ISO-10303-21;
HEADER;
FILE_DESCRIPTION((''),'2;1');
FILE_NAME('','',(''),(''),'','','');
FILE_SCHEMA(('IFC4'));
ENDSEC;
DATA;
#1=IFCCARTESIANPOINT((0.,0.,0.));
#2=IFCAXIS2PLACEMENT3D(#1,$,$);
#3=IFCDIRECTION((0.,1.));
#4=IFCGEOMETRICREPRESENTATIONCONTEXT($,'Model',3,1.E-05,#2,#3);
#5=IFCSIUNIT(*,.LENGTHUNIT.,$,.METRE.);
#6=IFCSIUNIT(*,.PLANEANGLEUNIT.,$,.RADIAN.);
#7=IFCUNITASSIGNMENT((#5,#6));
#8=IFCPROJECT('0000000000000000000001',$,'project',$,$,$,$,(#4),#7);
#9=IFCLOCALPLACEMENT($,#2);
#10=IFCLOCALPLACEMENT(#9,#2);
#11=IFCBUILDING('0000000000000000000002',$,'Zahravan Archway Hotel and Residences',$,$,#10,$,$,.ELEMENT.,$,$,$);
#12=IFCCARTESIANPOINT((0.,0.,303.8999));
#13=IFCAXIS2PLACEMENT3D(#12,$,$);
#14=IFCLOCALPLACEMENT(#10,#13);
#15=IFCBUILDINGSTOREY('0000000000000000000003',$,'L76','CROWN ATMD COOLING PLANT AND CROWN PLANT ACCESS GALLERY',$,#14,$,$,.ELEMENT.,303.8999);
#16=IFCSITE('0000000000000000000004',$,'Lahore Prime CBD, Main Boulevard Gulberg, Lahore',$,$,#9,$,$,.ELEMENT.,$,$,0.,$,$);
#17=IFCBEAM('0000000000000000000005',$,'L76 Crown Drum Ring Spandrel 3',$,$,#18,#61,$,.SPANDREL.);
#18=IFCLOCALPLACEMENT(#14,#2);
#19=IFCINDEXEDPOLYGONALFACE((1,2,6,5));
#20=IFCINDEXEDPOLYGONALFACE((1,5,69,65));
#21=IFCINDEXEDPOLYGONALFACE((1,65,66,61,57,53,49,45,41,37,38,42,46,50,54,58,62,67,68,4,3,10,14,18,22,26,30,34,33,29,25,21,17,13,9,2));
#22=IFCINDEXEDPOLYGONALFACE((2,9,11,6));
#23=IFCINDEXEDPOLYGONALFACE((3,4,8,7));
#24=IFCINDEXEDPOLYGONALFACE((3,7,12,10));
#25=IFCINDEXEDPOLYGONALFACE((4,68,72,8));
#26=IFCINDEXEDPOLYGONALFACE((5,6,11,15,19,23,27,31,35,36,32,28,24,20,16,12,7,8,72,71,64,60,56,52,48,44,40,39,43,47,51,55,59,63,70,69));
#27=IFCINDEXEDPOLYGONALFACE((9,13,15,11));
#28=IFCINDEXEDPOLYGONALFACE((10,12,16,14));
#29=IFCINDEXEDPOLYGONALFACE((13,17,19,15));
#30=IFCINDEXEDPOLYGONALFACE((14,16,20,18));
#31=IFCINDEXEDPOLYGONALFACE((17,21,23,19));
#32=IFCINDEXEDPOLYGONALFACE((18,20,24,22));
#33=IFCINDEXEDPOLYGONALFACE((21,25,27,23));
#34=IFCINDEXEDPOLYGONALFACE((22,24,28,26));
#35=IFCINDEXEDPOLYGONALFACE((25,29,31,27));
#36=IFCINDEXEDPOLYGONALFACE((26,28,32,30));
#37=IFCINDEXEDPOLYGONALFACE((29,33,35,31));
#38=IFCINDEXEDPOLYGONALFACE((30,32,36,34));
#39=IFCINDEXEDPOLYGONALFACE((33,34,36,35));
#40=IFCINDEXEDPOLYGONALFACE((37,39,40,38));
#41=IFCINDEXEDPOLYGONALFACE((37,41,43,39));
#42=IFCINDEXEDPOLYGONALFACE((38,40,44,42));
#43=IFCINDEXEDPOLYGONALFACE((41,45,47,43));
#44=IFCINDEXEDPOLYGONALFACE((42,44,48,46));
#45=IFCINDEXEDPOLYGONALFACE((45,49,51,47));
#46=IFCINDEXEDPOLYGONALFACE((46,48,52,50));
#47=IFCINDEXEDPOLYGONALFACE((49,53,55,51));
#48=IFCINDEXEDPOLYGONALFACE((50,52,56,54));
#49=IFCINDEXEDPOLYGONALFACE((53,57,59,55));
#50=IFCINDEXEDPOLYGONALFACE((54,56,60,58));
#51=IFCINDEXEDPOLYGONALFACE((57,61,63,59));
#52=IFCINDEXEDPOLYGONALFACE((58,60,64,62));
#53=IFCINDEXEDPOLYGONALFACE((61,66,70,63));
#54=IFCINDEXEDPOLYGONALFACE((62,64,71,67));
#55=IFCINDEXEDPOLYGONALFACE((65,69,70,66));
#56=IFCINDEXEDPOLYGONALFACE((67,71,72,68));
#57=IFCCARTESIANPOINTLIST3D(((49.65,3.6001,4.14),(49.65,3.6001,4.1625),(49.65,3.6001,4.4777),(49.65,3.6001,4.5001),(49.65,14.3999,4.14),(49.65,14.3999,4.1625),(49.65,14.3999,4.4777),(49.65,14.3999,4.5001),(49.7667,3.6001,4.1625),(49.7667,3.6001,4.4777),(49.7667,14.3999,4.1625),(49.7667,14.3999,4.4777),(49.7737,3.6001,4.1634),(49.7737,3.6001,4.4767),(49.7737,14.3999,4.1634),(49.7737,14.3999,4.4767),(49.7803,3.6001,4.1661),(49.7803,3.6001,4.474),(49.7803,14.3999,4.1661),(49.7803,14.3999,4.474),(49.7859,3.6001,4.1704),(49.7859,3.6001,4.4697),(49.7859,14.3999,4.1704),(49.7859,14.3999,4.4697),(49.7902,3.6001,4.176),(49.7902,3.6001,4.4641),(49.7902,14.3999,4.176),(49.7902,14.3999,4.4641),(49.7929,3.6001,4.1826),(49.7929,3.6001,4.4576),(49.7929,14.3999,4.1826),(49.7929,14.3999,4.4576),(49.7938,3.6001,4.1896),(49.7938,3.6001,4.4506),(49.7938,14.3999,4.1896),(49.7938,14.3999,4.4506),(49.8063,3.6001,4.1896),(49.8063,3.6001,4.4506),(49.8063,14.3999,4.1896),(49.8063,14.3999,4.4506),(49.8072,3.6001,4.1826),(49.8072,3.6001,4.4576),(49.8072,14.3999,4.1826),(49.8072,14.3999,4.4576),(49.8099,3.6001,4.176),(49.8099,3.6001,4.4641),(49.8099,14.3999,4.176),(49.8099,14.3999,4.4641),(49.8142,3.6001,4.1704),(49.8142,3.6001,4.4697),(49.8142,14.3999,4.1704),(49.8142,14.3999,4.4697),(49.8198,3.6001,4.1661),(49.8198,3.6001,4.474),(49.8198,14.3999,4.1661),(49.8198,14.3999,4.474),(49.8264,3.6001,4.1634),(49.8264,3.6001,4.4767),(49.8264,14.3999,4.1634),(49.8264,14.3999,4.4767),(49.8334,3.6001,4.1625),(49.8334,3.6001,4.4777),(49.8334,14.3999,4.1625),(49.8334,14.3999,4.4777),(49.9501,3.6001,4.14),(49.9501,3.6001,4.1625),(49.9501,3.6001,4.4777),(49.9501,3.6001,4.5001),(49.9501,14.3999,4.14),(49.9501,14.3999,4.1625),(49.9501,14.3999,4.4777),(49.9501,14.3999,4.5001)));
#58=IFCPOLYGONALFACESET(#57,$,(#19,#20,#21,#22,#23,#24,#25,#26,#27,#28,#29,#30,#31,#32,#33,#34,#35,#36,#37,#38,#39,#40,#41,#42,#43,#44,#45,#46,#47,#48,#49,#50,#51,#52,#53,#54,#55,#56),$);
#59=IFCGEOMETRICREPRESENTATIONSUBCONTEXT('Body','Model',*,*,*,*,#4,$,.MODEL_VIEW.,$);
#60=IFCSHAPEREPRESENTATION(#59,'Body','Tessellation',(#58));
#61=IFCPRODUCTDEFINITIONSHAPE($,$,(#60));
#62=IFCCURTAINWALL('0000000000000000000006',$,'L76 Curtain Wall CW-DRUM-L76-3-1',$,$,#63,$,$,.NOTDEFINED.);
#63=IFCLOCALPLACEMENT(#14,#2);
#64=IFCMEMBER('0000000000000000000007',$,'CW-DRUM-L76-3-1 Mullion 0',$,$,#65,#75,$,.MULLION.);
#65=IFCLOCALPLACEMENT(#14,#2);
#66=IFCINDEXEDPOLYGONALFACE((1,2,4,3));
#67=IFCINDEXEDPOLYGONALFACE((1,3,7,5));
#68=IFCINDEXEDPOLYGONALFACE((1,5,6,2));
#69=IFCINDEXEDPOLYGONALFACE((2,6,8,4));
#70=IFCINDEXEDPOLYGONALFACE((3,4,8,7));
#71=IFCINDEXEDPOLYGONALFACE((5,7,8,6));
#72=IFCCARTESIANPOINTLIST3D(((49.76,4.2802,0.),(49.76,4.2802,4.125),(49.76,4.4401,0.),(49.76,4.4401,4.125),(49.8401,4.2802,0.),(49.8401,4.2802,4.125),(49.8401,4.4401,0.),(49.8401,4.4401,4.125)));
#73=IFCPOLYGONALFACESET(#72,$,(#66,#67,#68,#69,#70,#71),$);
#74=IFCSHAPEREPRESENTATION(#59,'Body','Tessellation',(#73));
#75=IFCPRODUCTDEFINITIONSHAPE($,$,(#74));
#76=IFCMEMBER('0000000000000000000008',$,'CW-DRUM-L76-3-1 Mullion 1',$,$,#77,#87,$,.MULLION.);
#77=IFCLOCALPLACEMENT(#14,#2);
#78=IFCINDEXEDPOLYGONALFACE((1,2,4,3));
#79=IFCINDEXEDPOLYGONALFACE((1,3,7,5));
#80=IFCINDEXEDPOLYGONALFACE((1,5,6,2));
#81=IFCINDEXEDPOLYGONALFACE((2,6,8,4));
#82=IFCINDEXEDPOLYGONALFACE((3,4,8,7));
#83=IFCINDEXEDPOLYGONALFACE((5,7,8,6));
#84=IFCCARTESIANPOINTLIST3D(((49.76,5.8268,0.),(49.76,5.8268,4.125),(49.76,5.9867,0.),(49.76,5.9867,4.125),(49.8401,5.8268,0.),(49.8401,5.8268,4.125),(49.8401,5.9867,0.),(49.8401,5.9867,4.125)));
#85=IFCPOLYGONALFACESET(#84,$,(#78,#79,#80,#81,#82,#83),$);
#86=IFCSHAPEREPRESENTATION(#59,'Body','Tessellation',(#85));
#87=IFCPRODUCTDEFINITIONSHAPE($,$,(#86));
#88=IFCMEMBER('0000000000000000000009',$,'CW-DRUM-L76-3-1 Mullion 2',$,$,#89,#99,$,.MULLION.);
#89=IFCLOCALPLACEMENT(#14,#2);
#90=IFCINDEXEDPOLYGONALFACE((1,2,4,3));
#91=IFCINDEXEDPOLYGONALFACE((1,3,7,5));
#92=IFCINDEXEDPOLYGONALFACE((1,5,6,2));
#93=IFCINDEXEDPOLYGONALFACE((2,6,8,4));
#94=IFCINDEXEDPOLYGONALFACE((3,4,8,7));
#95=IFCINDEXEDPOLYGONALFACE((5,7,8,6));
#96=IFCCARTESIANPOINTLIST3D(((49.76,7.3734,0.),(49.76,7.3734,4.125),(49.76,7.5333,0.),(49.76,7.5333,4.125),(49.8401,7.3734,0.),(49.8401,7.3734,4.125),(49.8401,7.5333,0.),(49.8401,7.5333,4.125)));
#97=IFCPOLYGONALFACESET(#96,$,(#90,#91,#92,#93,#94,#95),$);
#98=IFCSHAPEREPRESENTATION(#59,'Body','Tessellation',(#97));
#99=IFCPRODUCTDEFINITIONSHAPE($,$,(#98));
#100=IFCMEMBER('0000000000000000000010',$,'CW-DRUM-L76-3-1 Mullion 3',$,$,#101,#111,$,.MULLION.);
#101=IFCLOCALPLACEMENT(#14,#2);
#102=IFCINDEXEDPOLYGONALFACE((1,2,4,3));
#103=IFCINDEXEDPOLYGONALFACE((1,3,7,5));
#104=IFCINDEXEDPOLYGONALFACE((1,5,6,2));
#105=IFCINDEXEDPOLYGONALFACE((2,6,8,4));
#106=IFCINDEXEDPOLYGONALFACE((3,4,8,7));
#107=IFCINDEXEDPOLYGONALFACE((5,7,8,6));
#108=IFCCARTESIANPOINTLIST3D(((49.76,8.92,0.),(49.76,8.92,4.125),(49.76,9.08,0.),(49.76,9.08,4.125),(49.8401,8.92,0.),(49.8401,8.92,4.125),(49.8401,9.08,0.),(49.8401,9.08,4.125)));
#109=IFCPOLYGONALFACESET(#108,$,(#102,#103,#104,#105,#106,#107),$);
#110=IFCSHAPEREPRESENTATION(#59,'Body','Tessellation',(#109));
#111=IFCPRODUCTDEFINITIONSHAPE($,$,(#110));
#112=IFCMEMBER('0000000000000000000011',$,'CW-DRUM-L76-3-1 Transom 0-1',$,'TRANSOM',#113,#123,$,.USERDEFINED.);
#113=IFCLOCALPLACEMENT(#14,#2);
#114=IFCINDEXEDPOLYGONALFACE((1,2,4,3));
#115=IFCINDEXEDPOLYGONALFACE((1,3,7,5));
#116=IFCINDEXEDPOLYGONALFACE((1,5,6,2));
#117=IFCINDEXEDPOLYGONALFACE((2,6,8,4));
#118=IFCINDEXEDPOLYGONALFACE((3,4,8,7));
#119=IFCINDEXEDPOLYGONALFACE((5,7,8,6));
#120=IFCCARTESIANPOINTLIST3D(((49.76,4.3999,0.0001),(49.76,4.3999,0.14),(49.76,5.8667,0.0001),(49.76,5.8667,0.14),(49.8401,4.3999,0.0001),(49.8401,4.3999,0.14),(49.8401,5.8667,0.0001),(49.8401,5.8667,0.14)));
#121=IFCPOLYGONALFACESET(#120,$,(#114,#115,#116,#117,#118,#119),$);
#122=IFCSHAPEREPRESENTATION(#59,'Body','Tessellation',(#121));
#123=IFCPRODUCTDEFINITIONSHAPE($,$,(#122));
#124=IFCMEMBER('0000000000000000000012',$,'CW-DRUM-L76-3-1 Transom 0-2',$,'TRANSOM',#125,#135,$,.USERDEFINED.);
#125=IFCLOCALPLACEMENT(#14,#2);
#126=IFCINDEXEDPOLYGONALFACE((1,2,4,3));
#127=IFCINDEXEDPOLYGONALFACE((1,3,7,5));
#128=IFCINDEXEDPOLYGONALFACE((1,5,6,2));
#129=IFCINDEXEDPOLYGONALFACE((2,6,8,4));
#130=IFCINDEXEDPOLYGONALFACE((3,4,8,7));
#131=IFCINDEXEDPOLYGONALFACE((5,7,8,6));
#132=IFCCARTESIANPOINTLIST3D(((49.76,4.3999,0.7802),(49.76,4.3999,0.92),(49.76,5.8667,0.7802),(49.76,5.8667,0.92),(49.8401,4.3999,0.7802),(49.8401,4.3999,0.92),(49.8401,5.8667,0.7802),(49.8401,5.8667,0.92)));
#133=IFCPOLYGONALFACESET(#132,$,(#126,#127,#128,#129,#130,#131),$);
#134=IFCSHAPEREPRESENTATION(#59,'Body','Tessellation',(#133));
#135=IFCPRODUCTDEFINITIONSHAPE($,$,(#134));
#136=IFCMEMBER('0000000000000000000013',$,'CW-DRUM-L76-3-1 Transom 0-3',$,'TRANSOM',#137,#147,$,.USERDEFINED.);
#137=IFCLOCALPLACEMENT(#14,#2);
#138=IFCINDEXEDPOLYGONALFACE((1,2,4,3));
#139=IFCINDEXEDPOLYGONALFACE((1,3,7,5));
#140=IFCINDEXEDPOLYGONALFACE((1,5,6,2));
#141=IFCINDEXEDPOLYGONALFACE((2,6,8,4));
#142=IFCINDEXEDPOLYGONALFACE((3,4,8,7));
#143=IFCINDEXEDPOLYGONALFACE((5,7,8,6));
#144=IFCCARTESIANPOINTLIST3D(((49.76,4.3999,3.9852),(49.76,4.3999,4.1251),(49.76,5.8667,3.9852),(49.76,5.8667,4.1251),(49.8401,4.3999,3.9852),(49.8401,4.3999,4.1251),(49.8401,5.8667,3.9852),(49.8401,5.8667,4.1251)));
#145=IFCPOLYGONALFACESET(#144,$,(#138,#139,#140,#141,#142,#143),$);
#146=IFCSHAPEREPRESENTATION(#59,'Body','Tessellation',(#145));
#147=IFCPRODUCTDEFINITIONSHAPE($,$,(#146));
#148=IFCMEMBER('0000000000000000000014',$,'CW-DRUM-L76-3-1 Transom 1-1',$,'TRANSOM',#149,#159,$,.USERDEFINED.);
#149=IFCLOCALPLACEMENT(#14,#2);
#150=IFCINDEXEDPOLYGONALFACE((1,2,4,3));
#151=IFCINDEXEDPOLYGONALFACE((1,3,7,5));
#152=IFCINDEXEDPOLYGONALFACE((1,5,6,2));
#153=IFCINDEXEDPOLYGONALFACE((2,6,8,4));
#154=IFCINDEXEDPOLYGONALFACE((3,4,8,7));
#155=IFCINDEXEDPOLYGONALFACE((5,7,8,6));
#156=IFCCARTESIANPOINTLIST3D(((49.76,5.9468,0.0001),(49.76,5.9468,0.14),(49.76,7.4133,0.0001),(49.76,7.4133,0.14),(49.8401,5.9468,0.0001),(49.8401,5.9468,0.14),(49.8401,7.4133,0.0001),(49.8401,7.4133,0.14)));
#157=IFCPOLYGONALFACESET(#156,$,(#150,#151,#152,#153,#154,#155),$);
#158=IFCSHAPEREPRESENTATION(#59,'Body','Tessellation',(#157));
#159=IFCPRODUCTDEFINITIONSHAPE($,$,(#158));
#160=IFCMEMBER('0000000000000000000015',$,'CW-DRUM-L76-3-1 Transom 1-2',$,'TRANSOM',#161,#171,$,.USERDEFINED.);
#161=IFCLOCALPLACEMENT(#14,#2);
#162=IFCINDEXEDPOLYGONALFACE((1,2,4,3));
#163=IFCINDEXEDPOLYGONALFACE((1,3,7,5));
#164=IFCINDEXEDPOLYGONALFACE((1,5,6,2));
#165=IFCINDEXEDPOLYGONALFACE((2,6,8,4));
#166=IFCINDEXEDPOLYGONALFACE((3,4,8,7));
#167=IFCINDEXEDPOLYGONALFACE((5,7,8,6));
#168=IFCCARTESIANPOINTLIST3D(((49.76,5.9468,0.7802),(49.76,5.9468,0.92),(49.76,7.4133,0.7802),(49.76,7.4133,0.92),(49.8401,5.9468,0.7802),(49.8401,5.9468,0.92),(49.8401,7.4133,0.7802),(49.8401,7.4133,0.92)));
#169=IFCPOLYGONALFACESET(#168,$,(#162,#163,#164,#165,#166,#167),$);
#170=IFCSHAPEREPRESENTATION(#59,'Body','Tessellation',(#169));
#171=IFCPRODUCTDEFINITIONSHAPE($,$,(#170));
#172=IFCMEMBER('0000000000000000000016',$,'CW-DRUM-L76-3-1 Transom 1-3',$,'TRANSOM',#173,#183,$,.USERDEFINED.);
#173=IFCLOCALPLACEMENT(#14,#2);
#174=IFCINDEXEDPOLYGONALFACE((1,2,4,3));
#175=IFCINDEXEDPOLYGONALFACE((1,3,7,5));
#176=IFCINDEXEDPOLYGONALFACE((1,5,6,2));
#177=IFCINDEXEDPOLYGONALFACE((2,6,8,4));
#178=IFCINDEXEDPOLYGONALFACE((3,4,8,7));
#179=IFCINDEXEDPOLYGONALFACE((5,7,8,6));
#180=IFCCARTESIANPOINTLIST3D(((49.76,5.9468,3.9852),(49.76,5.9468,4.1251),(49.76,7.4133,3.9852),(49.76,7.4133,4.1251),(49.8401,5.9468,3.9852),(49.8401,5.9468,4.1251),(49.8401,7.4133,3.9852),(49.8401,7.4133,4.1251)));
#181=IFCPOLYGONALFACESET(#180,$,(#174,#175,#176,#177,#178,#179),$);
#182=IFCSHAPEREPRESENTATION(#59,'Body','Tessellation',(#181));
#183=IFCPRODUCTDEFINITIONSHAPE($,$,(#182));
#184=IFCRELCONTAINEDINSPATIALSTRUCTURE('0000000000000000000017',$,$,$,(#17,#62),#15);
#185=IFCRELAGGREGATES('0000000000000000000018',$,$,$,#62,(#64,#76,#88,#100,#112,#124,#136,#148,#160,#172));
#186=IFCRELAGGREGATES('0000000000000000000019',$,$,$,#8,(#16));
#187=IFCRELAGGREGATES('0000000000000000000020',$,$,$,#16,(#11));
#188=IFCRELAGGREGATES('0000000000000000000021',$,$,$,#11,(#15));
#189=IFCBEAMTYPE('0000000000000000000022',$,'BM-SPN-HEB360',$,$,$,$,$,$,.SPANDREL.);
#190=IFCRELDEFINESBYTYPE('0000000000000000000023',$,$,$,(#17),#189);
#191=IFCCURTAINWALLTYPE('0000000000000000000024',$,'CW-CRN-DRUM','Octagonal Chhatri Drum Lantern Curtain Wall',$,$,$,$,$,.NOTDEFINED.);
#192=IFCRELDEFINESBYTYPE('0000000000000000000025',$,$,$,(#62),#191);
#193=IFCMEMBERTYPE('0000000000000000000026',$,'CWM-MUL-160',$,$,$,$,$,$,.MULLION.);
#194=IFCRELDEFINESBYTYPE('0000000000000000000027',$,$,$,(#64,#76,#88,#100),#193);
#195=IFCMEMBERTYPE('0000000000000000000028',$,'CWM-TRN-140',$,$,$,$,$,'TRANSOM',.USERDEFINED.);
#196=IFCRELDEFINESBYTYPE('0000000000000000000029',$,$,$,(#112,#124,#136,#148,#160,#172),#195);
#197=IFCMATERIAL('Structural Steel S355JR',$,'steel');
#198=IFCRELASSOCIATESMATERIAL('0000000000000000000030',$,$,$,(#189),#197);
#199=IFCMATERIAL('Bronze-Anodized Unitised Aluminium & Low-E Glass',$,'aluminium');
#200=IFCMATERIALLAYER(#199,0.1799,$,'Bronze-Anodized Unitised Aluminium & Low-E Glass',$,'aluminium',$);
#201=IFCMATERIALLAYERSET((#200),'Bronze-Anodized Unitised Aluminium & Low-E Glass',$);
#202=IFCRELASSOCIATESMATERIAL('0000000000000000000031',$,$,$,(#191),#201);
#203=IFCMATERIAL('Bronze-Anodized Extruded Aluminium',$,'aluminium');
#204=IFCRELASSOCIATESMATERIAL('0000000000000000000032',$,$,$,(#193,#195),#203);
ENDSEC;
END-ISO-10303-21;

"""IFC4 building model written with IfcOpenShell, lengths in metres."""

from ifc_helpers import new_model, si_unit, direction, frame, origin, origin_2d, place, context, subcontext, project, spatial, rectangle, i_section, extrude, source, transform, mapped, material, layer, layer_set, material_profile, profile_set, type_object, element, aggregate, save


model = new_model("IFC4")

# Units and contexts
model_context = context("Model", 3, precision=1e-05, world=origin(), true_north=direction((0.0, 1.0)))
body_context = subcontext(model_context, "Body", "Model", "MODEL_VIEW")
ifc_project = project(units=[si_unit("LENGTHUNIT", "METRE"), si_unit("PLANEANGLEUNIT", "RADIAN")], contexts=[model_context])

# Site, building, storey
site_placement = place(None, origin())
site = spatial("IfcSite", under=ifc_project, at=site_placement, Name="Lahore Prime CBD, Main Boulevard Gulberg, Lahore", CompositionType="ELEMENT", RefElevation=0.0)
building_placement = place(site_placement, origin())
building = spatial("IfcBuilding", under=site, at=building_placement, Name="Zahravan Archway Hotel and Residences", CompositionType="ELEMENT")
storey_placement = place(building_placement, frame((0.0, 0.0, 303.8999)))
storey = spatial("IfcBuildingStorey", under=building, at=storey_placement, Name="L76", Description="CROWN ATMD COOLING PLANT AND CROWN PLANT ACCESS GALLERY", CompositionType="ELEMENT", Elevation=303.8999)

# Beam
ifc_material_1 = material(Name="Structural Steel S355JR", Category="steel")
ifc_material_profile_1 = material_profile(ifc_material_1, i_section(OverallWidth=0.3, OverallDepth=0.3601, WebThickness=0.0125, FlangeThickness=0.0225, FilletRadius=0.0271, at=origin_2d()), Name="HEB 360", Category="steel")
ifc_profile_set_1 = profile_set([ifc_material_profile_1], Name="Structural Steel S355JR")
beam_type = type_object("IfcBeamType", Name="BM-SPN-HEB360", PredefinedType="SPANDREL", material=ifc_profile_set_1)
shared_shape_1 = source(origin(), body_context, "Body", "SweptSolid", [
    extrude(i_section(OverallWidth=0.3, OverallDepth=0.3601, WebThickness=0.0125, FlangeThickness=0.0225, FilletRadius=0.0271, at=origin_2d()), origin(), (0.0, 0.0, 1.0), 10.7998),
])
beam_placement = place(storey_placement, frame((49.8, 3.6001, 4.3201), z_axis=(0.0, 1.0, 0.0), x_axis=(-1.0, 0.0, 0.0)))
element("IfcBeam", 1, at=beam_placement, inside=storey, type_object=beam_type, Name="L76 Crown Drum Ring Spandrel 3", PredefinedType="SPANDREL", context=body_context, shape_type="MappedRepresentation", body=[
    mapped(shared_shape_1, transform((0.0, 0.0, 0.0), scale=1.0)),
])

# Curtain wall, members
ifc_material_2 = material(Name="Bronze-Anodized Unitised Aluminium & Low-E Glass", Category="aluminium")
ifc_layer_1 = layer(ifc_material_2, 0.1799, Name="Bronze-Anodized Unitised Aluminium & Low-E Glass", Category="aluminium")
ifc_layer_set_1 = layer_set([ifc_layer_1], Name="Bronze-Anodized Unitised Aluminium & Low-E Glass")
curtain_wall_type = type_object("IfcCurtainWallType", Name="CW-CRN-DRUM", Description="Octagonal Chhatri Drum Lantern Curtain Wall", PredefinedType="NOTDEFINED", material=ifc_layer_set_1)
curtain_wall_placement = place(storey_placement, origin())
curtain_wall = element("IfcCurtainWall", 2, at=curtain_wall_placement, inside=storey, type_object=curtain_wall_type, Name="L76 Curtain Wall CW-DRUM-L76-3-1", PredefinedType="NOTDEFINED")
ifc_material_3 = material(Name="Bronze-Anodized Extruded Aluminium", Category="aluminium")
ifc_material_profile_2 = material_profile(ifc_material_3, rectangle(XDim=0.0801, YDim=0.1599, at=origin_2d()), Name="MUL 80x160", Category="aluminium")
ifc_profile_set_2 = profile_set([ifc_material_profile_2], Name="Bronze-Anodized Extruded Aluminium")
member_type_1 = type_object("IfcMemberType", Name="CWM-MUL-160", PredefinedType="MULLION", material=ifc_profile_set_2)
shared_shape_2 = source(origin(), body_context, "Body", "SweptSolid", [
    extrude(rectangle(XDim=0.0801, YDim=0.1599, at=origin_2d()), origin(), (0.0, 0.0, 1.0), 4.125),
])
member_1_placement = place(storey_placement, frame((49.8, 4.3601, 0.0), z_axis=(0.0, 0.0, 1.0), x_axis=(1.0, 0.0, 0.0)))
member_1 = element("IfcMember", 3, at=member_1_placement, type_object=member_type_1, Name="CW-DRUM-L76-3-1 Mullion 0", PredefinedType="MULLION", context=body_context, shape_type="MappedRepresentation", body=[
    mapped(shared_shape_2, transform((0.0, 0.0, 0.0), scale=1.0)),
])
member_2_placement = place(storey_placement, frame((49.8, 5.9067, 0.0), z_axis=(0.0, 0.0, 1.0), x_axis=(1.0, 0.0, 0.0)))
member_2 = element("IfcMember", 4, at=member_2_placement, type_object=member_type_1, Name="CW-DRUM-L76-3-1 Mullion 1", PredefinedType="MULLION", context=body_context, shape_type="MappedRepresentation", body=[
    mapped(shared_shape_2, transform((0.0, 0.0, 0.0), scale=1.0)),
])
member_3_placement = place(storey_placement, frame((49.8, 7.4534, 0.0), z_axis=(0.0, 0.0, 1.0), x_axis=(1.0, 0.0, 0.0)))
member_3 = element("IfcMember", 5, at=member_3_placement, type_object=member_type_1, Name="CW-DRUM-L76-3-1 Mullion 2", PredefinedType="MULLION", context=body_context, shape_type="MappedRepresentation", body=[
    mapped(shared_shape_2, transform((0.0, 0.0, 0.0), scale=1.0)),
])
member_4_placement = place(storey_placement, frame((49.8, 9.0, 0.0), z_axis=(0.0, 0.0, 1.0), x_axis=(1.0, 0.0, 0.0)))
member_4 = element("IfcMember", 6, at=member_4_placement, type_object=member_type_1, Name="CW-DRUM-L76-3-1 Mullion 3", PredefinedType="MULLION", context=body_context, shape_type="MappedRepresentation", body=[
    mapped(shared_shape_2, transform((0.0, 0.0, 0.0), scale=1.0)),
])
ifc_material_profile_3 = material_profile(ifc_material_3, rectangle(XDim=0.0801, YDim=0.1399, at=origin_2d()), Name="TRN 80x140", Category="aluminium")
ifc_profile_set_3 = profile_set([ifc_material_profile_3], Name="Bronze-Anodized Extruded Aluminium")
member_type_2 = type_object("IfcMemberType", Name="CWM-TRN-140", ElementType="TRANSOM", PredefinedType="USERDEFINED", material=ifc_profile_set_3)
shared_shape_3 = source(origin(), body_context, "Body", "SweptSolid", [
    extrude(rectangle(XDim=0.0801, YDim=0.1399, at=origin_2d()), origin(), (0.0, 0.0, 1.0), 1.4668),
])
member_5_placement = place(storey_placement, frame((49.8, 4.3999, 0.0701), z_axis=(0.0, 1.0, 0.0), x_axis=(-1.0, 0.0, 0.0)))
member_5 = element("IfcMember", 7, at=member_5_placement, type_object=member_type_2, Name="CW-DRUM-L76-3-1 Transom 0-1", ObjectType="TRANSOM", PredefinedType="USERDEFINED", context=body_context, shape_type="MappedRepresentation", body=[
    mapped(shared_shape_3, transform((0.0, 0.0, 0.0), scale=1.0)),
])
member_6_placement = place(storey_placement, frame((49.8, 4.3999, 0.8501), z_axis=(0.0, 1.0, 0.0), x_axis=(-1.0, 0.0, 0.0)))
member_6 = element("IfcMember", 8, at=member_6_placement, type_object=member_type_2, Name="CW-DRUM-L76-3-1 Transom 0-2", ObjectType="TRANSOM", PredefinedType="USERDEFINED", context=body_context, shape_type="MappedRepresentation", body=[
    mapped(shared_shape_3, transform((0.0, 0.0, 0.0), scale=1.0)),
])
member_7_placement = place(storey_placement, frame((49.8, 4.3999, 4.0552), z_axis=(0.0, 1.0, 0.0), x_axis=(-1.0, 0.0, 0.0)))
member_7 = element("IfcMember", 9, at=member_7_placement, type_object=member_type_2, Name="CW-DRUM-L76-3-1 Transom 0-3", ObjectType="TRANSOM", PredefinedType="USERDEFINED", context=body_context, shape_type="MappedRepresentation", body=[
    mapped(shared_shape_3, transform((0.0, 0.0, 0.0), scale=1.0)),
])
shared_shape_4 = source(origin(), body_context, "Body", "SweptSolid", [
    extrude(rectangle(XDim=0.0801, YDim=0.1399, at=origin_2d()), origin(), (0.0, 0.0, 1.0), 1.4666),
])
member_8_placement = place(storey_placement, frame((49.8, 5.9468, 0.0701), z_axis=(0.0, 1.0, 0.0), x_axis=(-1.0, 0.0, 0.0)))
member_8 = element("IfcMember", 10, at=member_8_placement, type_object=member_type_2, Name="CW-DRUM-L76-3-1 Transom 1-1", ObjectType="TRANSOM", PredefinedType="USERDEFINED", context=body_context, shape_type="MappedRepresentation", body=[
    mapped(shared_shape_4, transform((0.0, 0.0, 0.0), scale=1.0)),
])
member_9_placement = place(storey_placement, frame((49.8, 5.9468, 0.8501), z_axis=(0.0, 1.0, 0.0), x_axis=(-1.0, 0.0, 0.0)))
member_9 = element("IfcMember", 11, at=member_9_placement, type_object=member_type_2, Name="CW-DRUM-L76-3-1 Transom 1-2", ObjectType="TRANSOM", PredefinedType="USERDEFINED", context=body_context, shape_type="MappedRepresentation", body=[
    mapped(shared_shape_4, transform((0.0, 0.0, 0.0), scale=1.0)),
])
member_10_placement = place(storey_placement, frame((49.8, 5.9468, 4.0552), z_axis=(0.0, 1.0, 0.0), x_axis=(-1.0, 0.0, 0.0)))
member_10 = element("IfcMember", 12, at=member_10_placement, type_object=member_type_2, Name="CW-DRUM-L76-3-1 Transom 1-3", ObjectType="TRANSOM", PredefinedType="USERDEFINED", context=body_context, shape_type="MappedRepresentation", body=[
    mapped(shared_shape_4, transform((0.0, 0.0, 0.0), scale=1.0)),
])
aggregate(curtain_wall, [member_1, member_2, member_3, member_4, member_5, member_6, member_7, member_8, member_9, member_10])

save(model, "model.ifc")
